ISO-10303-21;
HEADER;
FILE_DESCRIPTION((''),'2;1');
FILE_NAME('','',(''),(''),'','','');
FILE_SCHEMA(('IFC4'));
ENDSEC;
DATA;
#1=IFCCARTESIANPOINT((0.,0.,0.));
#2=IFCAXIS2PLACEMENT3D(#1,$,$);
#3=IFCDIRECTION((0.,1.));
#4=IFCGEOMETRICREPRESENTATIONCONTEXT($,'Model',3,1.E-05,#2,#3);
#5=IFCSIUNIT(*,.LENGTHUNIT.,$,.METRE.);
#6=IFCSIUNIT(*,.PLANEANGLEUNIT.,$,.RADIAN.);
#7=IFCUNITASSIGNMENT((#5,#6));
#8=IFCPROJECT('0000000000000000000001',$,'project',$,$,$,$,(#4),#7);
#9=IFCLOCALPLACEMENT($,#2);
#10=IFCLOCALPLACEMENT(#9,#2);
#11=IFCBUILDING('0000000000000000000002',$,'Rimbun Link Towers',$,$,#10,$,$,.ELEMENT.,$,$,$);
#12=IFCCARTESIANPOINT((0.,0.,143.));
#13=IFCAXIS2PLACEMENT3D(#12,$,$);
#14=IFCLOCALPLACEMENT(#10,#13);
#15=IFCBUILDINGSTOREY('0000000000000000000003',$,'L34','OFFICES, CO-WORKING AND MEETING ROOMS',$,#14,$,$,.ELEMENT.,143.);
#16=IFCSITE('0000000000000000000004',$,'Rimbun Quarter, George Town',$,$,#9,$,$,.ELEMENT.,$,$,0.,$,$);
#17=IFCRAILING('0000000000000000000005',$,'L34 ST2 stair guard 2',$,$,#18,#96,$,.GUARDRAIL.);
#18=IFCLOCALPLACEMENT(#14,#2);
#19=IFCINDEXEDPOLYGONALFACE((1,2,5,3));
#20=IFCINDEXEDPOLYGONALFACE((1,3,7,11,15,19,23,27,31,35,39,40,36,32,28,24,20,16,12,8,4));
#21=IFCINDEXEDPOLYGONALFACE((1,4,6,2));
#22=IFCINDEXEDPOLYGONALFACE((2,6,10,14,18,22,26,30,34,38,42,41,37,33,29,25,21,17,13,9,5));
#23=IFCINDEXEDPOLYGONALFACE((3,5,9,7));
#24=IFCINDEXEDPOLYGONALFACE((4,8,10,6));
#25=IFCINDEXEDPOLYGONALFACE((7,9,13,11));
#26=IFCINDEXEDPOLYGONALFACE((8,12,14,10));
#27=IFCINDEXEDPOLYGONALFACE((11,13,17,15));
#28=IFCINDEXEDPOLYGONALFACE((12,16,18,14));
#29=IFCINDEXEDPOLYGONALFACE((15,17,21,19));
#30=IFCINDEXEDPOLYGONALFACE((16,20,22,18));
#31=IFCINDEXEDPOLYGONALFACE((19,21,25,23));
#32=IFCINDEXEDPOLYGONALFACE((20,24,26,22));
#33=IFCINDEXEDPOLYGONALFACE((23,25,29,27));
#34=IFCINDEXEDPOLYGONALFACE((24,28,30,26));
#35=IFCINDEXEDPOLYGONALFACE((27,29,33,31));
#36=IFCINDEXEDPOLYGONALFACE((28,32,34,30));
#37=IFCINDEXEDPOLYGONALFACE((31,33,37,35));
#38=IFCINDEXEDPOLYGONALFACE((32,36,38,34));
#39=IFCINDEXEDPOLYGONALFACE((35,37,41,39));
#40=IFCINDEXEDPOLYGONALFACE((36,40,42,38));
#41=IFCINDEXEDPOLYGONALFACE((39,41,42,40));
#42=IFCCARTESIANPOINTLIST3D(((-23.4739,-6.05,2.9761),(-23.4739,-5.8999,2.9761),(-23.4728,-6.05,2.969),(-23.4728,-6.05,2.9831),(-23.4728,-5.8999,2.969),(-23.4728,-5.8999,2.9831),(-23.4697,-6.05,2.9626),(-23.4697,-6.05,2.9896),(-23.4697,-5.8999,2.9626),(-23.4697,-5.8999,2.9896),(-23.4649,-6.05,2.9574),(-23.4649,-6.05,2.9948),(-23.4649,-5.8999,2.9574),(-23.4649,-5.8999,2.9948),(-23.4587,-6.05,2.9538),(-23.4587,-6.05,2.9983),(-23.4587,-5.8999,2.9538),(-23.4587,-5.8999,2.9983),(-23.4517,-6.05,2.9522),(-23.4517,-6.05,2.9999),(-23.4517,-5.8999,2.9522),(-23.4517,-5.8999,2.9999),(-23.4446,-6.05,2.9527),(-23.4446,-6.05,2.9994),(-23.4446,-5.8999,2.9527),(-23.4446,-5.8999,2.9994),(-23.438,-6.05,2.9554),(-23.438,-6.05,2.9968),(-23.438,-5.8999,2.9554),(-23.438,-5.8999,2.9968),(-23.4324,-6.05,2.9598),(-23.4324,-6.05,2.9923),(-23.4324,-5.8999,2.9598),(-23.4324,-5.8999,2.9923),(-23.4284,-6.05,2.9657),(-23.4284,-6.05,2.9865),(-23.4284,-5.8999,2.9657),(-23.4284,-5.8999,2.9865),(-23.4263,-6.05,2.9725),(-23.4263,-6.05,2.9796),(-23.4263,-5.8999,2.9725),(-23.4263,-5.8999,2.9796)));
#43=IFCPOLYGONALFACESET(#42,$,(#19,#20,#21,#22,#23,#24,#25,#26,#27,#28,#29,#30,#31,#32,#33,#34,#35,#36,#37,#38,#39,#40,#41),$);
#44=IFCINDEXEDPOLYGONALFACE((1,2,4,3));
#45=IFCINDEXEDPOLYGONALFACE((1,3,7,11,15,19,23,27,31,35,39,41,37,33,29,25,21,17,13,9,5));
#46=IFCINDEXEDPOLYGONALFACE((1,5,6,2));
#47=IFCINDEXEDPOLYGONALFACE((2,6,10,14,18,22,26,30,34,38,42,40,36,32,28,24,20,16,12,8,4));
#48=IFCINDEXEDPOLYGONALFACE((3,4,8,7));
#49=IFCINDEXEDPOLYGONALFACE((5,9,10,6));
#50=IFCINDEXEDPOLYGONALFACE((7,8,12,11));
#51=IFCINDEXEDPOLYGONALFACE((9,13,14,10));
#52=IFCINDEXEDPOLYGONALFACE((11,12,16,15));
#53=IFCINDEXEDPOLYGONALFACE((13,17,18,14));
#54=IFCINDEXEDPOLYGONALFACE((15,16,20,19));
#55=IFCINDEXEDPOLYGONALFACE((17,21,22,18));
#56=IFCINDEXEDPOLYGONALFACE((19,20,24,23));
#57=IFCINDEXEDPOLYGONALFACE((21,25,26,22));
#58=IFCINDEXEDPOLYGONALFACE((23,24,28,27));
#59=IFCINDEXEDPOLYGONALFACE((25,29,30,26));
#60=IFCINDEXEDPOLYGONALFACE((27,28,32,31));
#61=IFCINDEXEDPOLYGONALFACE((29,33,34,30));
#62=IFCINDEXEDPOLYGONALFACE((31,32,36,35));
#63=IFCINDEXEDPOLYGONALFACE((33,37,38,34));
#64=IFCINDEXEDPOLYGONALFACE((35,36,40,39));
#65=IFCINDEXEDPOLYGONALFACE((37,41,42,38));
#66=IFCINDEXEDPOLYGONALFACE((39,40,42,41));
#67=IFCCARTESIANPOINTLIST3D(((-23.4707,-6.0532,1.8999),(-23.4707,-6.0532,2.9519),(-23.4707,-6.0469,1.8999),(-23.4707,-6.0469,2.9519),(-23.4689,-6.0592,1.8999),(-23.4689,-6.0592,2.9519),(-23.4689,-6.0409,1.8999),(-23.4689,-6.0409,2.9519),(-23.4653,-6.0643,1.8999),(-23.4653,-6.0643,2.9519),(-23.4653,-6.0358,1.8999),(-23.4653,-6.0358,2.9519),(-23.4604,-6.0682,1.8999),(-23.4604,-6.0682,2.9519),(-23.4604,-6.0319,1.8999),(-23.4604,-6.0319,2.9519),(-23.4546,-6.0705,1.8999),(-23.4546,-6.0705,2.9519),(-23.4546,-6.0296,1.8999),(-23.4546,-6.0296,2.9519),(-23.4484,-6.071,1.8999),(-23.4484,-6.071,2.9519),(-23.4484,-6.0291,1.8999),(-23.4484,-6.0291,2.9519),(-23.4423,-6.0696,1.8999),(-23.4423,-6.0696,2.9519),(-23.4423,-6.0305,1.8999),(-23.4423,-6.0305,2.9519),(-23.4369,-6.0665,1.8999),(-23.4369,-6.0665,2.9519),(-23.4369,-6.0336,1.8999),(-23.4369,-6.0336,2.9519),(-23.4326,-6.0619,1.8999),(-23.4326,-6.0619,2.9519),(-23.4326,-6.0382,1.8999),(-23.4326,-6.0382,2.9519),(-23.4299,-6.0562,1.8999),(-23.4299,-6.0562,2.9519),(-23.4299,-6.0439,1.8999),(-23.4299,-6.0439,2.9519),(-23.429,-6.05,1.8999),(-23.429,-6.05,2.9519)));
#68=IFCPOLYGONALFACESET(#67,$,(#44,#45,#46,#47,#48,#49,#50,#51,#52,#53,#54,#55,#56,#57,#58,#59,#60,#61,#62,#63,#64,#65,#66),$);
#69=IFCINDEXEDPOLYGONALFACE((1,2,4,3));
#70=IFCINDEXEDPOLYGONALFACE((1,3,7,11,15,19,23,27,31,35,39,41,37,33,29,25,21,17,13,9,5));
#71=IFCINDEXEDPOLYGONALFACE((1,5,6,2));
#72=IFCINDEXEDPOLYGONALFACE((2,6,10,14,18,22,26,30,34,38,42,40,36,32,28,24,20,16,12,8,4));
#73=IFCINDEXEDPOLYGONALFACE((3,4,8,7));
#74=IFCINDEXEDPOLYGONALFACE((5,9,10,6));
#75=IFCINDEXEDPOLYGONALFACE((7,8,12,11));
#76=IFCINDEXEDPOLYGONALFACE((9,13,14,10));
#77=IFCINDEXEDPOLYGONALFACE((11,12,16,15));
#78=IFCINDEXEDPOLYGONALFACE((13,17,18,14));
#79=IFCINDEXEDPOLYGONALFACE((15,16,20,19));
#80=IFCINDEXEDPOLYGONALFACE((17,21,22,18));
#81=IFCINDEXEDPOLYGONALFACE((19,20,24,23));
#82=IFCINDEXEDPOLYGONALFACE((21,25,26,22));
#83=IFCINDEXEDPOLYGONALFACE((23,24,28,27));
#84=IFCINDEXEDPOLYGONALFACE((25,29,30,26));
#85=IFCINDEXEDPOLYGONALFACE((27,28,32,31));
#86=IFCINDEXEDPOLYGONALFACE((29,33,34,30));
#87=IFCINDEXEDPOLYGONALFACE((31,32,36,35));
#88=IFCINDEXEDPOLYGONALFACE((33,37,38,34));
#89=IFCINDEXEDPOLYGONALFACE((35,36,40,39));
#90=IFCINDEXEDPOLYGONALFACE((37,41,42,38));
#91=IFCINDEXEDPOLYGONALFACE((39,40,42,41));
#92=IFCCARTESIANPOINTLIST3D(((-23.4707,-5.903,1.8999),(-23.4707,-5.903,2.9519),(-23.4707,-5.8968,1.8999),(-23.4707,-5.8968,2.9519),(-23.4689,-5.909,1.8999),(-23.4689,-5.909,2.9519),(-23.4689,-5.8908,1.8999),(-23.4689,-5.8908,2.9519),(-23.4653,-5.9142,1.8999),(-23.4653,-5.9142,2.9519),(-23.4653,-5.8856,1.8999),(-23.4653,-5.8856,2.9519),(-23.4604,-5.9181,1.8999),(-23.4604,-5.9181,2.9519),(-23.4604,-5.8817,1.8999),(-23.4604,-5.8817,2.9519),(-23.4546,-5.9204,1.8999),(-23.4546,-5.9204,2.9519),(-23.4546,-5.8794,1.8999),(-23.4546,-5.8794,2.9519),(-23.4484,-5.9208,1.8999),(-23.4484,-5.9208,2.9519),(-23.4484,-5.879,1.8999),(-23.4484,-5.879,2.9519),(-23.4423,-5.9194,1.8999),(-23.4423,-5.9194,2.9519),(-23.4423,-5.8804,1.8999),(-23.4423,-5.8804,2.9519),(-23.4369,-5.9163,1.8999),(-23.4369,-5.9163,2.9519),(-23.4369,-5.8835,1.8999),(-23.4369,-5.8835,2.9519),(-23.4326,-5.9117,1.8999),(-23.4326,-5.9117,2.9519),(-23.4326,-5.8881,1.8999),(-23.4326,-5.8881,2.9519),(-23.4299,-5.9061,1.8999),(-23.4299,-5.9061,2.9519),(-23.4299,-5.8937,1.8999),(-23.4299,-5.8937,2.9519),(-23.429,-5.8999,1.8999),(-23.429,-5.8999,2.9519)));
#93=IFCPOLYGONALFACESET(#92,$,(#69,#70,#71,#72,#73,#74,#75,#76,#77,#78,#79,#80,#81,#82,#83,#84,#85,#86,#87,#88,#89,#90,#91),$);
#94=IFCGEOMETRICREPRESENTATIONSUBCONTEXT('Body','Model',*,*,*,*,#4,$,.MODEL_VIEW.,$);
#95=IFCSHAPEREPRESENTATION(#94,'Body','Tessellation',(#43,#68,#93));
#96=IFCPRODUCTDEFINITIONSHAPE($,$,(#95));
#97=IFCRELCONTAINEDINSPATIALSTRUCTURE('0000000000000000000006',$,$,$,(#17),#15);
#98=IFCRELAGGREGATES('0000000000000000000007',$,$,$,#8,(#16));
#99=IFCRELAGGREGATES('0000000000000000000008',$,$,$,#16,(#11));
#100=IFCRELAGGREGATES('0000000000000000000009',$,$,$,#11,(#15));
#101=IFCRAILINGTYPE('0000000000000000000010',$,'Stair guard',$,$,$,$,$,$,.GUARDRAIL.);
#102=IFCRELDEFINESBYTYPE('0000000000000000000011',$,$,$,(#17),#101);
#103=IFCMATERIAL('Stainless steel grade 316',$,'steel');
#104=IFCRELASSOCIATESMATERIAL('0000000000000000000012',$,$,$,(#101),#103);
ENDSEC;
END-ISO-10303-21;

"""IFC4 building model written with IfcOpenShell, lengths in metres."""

from ifc_helpers import new_model, si_unit, direction, frame, origin, origin_2d, place, context, subcontext, project, spatial, circle, extrude, material, type_object, element, save


model = new_model("IFC4")

# Units and contexts
model_context = context("Model", 3, precision=1e-05, world=origin(), true_north=direction((0.0, 1.0)))
body_context = subcontext(model_context, "Body", "Model", "MODEL_VIEW")
ifc_project = project(units=[si_unit("LENGTHUNIT", "METRE"), si_unit("PLANEANGLEUNIT", "RADIAN")], contexts=[model_context])

# Site, building, storey
site_placement = place(None, origin())
site = spatial("IfcSite", under=ifc_project, at=site_placement, Name="Rimbun Quarter, George Town", CompositionType="ELEMENT", RefElevation=0.0)
building_placement = place(site_placement, origin())
building = spatial("IfcBuilding", under=site, at=building_placement, Name="Rimbun Link Towers", CompositionType="ELEMENT")
storey_placement = place(building_placement, frame((0.0, 0.0, 143.0)))
storey = spatial("IfcBuildingStorey", under=building, at=storey_placement, Name="L34", Description="OFFICES, CO-WORKING AND MEETING ROOMS", CompositionType="ELEMENT", Elevation=143.0)

# Railing
ifc_material_1 = material(Name="Stainless steel grade 316", Category="steel")
railing_type_1 = type_object("IfcRailingType", Name="Stair guard", PredefinedType="GUARDRAIL", material=ifc_material_1)
railing_1_placement = place(storey_placement, frame((-23.45, -6.05, 1.8999)))
element("IfcRailing", 1, at=railing_1_placement, inside=storey, type_object=railing_type_1, Name="L34 ST2 stair guard 2", PredefinedType="GUARDRAIL", context=body_context, shape_type="SweptSolid", body=[
    extrude(circle(Radius=0.0239, at=origin_2d()), frame((0.0, 0.0, 1.0762), z_axis=(0.0, 1.0, 0.0), x_axis=(-1.0, 0.0, 0.0)), (0.0, 0.0, 1.0), 0.1501),
    extrude(circle(Radius=0.021, at=origin_2d()), origin(), (0.0, 0.0, 1.0), 1.052),
    extrude(circle(Radius=0.021, at=origin_2d()), frame((0.0, 0.1501, 0.0)), (0.0, 0.0, 1.0), 1.052),
])

save(model, "model.ifc")
